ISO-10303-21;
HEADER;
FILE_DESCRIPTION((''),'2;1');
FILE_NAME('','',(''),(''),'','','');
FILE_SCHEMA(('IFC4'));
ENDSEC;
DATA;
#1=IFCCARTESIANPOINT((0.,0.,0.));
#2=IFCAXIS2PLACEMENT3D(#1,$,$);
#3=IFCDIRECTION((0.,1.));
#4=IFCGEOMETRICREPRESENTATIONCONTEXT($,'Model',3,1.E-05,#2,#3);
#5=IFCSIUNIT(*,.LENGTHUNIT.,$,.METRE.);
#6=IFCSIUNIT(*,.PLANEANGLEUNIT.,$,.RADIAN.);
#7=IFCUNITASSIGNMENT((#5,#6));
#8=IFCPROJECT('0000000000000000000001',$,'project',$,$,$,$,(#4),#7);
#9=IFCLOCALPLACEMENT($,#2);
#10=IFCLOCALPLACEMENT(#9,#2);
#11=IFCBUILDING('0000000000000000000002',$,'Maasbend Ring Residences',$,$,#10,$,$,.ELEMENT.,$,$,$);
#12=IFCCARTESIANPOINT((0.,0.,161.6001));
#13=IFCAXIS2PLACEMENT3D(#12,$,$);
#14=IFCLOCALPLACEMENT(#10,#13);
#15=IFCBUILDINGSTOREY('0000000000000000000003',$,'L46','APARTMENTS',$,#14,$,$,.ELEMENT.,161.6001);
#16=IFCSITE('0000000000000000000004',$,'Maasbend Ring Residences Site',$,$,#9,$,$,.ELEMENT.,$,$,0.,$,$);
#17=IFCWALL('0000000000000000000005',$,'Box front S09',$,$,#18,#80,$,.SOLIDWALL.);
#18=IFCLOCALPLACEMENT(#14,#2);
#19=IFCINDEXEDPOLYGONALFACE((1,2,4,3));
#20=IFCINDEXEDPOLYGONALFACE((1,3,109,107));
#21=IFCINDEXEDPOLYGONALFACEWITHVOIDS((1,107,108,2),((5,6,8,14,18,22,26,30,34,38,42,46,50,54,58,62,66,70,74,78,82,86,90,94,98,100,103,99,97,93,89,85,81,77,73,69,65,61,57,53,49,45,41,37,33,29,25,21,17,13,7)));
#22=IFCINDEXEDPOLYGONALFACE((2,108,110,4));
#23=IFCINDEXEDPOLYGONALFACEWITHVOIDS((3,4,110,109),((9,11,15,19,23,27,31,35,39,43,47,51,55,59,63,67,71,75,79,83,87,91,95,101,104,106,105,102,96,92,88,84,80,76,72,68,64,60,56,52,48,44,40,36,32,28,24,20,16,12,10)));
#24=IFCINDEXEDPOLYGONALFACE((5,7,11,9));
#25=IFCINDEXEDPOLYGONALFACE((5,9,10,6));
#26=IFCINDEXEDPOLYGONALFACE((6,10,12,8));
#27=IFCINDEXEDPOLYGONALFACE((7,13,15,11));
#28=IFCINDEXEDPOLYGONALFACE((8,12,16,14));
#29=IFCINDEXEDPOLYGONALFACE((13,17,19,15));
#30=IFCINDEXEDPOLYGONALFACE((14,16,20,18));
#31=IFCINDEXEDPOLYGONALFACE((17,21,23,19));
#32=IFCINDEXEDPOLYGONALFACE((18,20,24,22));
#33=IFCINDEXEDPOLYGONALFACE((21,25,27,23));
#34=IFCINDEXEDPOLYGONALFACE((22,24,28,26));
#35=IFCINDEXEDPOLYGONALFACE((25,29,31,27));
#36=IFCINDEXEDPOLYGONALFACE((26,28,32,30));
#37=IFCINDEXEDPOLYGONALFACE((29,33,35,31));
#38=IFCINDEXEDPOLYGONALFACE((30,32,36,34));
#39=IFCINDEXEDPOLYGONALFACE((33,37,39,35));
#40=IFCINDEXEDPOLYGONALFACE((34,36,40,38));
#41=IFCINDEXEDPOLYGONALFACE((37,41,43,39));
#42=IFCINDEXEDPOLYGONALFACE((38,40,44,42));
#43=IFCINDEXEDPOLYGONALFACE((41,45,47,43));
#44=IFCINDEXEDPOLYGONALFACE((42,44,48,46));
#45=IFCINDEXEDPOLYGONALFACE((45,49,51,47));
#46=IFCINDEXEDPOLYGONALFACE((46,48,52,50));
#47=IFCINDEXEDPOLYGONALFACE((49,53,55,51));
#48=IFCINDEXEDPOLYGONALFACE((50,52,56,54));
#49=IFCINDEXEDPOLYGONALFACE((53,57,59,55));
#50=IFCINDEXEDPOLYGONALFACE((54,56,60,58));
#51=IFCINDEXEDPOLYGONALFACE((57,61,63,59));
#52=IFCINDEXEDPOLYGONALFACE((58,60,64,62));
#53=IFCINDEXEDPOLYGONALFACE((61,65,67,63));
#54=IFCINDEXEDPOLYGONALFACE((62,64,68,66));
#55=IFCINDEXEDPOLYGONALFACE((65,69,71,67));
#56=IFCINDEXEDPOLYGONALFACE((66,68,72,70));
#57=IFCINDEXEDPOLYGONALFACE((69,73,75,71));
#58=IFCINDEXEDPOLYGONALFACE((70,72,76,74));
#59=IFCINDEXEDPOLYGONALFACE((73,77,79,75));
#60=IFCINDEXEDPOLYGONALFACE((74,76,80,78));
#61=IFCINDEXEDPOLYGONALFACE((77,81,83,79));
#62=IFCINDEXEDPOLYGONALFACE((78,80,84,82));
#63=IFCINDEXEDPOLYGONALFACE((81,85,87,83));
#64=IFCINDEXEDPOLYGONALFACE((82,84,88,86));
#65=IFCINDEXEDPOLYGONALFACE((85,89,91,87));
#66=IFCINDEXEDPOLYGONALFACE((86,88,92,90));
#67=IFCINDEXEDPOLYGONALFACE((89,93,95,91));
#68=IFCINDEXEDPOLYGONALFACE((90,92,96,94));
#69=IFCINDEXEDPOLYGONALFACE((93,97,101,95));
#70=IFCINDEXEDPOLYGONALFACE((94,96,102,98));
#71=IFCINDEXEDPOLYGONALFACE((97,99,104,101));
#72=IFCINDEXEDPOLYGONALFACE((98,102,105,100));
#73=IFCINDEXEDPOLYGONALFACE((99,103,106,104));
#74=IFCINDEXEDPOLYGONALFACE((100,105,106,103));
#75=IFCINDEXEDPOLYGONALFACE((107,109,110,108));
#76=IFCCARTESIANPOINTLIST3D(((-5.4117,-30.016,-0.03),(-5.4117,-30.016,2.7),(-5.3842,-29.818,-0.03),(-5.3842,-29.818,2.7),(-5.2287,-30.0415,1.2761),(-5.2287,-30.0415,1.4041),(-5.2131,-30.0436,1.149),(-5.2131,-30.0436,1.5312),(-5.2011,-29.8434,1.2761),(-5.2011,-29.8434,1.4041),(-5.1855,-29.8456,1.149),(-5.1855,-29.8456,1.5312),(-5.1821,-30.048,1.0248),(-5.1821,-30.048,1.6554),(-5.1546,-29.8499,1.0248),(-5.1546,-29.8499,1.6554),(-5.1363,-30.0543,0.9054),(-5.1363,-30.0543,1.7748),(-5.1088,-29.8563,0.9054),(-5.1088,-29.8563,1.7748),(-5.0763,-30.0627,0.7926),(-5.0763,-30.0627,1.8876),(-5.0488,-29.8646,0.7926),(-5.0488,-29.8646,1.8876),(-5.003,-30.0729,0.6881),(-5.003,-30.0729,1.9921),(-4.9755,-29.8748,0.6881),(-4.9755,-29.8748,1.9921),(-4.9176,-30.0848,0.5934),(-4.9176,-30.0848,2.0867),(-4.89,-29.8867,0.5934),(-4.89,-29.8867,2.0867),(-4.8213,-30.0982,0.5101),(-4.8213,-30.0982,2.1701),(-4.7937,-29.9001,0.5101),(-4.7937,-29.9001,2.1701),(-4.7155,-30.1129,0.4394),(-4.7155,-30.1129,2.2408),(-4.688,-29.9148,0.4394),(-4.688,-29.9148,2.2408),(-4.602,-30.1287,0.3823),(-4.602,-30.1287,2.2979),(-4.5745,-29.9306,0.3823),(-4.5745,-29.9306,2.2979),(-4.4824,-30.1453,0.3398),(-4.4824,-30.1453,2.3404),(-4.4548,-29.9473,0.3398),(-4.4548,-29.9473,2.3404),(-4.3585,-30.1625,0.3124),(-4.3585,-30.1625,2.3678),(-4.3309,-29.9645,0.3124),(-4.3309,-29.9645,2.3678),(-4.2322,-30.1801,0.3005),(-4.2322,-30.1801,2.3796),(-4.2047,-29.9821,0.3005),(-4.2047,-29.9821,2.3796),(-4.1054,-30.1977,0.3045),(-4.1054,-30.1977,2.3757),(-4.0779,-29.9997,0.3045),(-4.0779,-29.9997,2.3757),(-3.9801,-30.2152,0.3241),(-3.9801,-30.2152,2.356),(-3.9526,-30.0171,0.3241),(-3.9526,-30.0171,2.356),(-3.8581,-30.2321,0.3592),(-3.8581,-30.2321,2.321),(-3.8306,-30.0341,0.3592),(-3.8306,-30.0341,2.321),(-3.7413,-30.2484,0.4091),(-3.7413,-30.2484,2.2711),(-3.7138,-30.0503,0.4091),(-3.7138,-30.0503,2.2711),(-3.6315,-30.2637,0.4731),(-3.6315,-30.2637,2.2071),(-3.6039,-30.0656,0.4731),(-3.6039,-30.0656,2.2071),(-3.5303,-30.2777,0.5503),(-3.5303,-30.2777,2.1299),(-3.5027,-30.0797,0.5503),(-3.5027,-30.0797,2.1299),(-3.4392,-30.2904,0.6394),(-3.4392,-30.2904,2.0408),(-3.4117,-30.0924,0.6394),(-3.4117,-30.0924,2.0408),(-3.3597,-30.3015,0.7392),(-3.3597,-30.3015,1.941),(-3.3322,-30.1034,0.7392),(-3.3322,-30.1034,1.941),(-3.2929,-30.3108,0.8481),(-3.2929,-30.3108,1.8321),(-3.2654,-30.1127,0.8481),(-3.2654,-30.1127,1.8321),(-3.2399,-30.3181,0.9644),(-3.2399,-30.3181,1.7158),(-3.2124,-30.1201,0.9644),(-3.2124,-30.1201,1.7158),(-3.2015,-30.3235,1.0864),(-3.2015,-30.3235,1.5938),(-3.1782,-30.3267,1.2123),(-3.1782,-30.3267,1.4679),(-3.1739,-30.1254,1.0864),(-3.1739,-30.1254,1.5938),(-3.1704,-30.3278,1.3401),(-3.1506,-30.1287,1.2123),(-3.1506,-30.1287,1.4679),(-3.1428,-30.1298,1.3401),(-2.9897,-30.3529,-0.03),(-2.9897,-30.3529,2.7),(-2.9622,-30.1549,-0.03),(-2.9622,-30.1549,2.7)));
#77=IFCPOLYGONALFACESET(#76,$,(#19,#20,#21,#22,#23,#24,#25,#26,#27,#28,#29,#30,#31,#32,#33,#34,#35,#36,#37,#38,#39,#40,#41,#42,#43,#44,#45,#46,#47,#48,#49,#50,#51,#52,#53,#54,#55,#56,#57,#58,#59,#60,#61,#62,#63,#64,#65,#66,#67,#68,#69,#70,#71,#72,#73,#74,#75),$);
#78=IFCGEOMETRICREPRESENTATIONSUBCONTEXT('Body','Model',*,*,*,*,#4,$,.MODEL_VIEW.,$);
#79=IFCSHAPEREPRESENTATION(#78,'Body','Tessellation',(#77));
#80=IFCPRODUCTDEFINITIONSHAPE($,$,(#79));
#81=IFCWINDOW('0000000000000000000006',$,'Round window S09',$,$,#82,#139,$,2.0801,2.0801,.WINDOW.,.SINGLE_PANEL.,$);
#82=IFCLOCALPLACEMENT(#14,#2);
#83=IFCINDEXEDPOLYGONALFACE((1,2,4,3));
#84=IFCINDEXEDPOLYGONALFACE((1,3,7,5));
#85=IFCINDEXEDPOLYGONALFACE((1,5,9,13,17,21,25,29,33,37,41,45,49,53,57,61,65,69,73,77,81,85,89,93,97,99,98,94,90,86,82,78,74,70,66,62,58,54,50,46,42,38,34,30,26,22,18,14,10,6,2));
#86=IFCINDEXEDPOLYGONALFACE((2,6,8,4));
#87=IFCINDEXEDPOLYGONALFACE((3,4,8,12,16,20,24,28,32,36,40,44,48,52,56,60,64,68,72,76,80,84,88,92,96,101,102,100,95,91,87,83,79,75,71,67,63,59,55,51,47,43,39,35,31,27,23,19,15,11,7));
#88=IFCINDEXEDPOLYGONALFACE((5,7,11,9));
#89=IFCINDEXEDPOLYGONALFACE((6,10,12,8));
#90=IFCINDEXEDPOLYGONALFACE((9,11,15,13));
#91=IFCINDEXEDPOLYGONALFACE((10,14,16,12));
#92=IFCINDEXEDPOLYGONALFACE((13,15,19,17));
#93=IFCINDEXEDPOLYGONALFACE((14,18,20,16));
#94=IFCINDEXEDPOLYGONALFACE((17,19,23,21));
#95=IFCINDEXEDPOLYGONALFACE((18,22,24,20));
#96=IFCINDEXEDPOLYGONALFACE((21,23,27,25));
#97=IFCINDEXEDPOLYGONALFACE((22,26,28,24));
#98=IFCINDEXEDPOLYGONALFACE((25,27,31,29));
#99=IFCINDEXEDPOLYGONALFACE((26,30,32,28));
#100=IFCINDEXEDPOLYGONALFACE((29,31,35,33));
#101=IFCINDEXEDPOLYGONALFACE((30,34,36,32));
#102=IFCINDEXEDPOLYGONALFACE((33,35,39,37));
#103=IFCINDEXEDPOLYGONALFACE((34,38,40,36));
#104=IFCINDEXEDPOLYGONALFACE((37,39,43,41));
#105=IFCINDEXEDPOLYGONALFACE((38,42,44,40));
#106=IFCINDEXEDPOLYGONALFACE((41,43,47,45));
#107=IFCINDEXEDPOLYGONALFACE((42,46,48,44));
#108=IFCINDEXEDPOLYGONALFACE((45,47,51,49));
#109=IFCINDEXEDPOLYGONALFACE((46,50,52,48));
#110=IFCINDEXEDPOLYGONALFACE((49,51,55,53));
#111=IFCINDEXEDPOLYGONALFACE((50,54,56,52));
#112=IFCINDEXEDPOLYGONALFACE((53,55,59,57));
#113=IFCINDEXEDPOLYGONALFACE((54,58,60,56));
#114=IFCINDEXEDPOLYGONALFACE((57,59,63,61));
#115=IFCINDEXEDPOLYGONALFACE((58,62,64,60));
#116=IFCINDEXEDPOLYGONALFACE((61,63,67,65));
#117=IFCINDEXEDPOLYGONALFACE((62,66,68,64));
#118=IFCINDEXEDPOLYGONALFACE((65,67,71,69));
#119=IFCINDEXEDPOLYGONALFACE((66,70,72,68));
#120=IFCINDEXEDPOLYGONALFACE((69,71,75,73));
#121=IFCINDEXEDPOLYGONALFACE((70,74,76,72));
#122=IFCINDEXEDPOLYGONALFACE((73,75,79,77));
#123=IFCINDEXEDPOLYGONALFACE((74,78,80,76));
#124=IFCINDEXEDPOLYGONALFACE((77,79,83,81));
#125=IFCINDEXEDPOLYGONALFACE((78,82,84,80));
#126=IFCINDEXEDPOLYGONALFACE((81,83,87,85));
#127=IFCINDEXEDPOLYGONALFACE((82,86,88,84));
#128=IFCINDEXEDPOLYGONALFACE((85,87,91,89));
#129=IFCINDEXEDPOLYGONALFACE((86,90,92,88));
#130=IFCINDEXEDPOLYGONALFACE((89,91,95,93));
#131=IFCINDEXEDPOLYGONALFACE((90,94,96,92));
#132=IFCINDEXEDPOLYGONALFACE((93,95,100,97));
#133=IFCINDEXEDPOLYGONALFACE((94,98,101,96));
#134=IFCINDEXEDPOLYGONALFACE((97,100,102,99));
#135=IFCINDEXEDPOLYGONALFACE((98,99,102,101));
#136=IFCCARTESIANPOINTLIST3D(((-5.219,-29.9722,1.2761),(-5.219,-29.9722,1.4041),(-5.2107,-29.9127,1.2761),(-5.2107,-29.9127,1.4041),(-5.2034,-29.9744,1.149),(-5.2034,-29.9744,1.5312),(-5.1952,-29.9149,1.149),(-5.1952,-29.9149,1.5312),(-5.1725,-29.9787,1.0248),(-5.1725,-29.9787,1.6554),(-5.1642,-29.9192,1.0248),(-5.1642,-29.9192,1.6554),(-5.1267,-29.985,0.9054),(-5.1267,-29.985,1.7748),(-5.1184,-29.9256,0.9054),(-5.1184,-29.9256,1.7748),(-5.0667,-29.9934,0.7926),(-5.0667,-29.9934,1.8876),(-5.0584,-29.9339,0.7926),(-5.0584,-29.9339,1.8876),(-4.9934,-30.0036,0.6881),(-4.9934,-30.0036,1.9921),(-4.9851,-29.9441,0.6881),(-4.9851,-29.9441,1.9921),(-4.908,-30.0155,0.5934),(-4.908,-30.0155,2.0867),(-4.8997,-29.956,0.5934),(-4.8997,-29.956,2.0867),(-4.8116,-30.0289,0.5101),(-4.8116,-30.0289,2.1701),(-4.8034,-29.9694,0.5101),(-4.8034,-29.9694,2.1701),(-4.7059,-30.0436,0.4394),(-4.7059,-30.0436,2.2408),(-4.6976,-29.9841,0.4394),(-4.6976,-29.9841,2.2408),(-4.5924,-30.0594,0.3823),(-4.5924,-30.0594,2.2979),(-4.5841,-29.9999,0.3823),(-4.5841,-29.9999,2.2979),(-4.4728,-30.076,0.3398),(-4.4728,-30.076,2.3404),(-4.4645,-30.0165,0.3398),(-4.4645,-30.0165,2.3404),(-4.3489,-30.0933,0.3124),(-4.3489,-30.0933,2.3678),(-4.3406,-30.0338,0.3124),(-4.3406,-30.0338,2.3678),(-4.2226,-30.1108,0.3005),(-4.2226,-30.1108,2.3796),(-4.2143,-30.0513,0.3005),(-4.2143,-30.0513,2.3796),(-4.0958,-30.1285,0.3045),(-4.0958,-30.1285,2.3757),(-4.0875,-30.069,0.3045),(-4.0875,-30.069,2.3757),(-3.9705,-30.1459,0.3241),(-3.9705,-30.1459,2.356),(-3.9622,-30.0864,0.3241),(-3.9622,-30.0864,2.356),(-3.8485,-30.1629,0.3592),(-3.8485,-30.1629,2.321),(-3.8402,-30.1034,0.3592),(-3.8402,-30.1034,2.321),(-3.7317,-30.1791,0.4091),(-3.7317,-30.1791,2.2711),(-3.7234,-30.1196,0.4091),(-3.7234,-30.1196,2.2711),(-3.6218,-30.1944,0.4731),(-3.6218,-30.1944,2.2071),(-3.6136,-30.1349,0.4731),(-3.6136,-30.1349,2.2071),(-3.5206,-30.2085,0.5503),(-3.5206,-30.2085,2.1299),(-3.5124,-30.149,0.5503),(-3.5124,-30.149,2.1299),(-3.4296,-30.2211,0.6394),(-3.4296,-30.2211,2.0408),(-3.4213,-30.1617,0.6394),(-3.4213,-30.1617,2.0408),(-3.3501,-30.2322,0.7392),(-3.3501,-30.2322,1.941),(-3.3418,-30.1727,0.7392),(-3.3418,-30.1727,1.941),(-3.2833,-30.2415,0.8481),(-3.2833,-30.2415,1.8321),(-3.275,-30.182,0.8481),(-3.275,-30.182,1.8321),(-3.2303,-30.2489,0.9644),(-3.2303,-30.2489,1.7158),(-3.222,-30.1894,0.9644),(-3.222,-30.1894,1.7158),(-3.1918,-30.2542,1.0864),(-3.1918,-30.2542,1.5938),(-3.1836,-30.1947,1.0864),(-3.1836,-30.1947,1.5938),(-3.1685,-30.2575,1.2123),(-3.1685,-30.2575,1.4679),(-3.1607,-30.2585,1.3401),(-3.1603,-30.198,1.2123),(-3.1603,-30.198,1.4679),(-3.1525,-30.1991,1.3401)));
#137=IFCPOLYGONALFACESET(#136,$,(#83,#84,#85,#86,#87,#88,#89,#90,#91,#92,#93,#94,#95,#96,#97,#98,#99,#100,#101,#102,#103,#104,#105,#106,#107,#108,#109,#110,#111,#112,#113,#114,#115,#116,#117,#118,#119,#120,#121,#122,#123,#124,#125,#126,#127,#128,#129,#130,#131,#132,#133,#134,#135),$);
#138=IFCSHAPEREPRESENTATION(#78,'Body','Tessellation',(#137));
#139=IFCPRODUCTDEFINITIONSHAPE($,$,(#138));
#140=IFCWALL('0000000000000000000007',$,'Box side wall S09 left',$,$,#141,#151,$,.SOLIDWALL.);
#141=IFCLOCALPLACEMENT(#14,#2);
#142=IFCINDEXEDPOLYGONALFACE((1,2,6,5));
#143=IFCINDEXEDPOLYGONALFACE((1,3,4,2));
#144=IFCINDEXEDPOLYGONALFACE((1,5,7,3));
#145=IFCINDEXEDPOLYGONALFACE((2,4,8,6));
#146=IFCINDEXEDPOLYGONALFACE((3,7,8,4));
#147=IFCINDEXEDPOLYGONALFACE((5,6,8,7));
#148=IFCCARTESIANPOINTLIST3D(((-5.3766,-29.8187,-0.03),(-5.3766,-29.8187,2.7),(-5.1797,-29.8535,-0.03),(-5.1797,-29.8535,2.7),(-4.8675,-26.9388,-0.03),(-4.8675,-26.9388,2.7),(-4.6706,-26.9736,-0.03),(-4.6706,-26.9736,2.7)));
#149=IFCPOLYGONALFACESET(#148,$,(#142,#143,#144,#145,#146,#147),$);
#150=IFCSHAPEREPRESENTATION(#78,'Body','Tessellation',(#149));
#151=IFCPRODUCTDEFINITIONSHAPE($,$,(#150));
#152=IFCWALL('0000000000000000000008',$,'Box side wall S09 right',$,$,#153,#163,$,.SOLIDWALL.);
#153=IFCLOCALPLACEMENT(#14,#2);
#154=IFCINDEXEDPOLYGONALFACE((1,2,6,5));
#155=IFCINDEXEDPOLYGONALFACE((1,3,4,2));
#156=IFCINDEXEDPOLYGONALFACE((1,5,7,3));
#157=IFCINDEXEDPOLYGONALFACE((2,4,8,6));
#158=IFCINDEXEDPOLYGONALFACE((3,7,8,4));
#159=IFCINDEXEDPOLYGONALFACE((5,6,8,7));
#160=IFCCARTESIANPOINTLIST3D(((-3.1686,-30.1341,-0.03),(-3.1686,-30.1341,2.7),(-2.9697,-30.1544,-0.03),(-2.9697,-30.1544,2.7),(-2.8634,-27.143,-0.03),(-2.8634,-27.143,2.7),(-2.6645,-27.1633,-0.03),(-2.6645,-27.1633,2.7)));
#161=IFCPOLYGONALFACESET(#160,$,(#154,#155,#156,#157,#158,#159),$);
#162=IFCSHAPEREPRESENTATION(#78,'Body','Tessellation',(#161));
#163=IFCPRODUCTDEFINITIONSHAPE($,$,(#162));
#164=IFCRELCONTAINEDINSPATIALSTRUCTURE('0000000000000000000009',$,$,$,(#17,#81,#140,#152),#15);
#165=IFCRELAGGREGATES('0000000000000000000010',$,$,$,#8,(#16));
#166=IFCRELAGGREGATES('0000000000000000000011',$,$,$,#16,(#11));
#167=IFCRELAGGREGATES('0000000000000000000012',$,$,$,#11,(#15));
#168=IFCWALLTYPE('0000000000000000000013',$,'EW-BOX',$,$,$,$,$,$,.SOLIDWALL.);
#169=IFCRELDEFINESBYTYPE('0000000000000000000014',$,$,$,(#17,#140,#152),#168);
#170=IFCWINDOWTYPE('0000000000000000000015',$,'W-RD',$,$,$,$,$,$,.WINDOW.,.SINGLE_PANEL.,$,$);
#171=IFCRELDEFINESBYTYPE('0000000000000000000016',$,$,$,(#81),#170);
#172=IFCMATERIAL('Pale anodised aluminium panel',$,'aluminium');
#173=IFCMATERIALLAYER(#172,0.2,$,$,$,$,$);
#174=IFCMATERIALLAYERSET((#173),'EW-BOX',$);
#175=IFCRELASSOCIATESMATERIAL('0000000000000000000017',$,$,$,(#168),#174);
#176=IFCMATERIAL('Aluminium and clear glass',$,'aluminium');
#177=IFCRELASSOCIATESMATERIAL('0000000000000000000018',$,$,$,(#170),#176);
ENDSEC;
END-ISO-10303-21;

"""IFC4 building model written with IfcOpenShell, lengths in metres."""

from ifc_helpers import new_model, si_unit, direction, frame, frame_2d, origin, place, context, subcontext, project, spatial, rectangle, circle, extrude, material, layer, layer_set, type_object, element, fill, save


model = new_model("IFC4")

# Units and contexts
model_context = context("Model", 3, precision=1e-05, world=origin(), true_north=direction((0.0, 1.0)))
body_context = subcontext(model_context, "Body", "Model", "MODEL_VIEW")
ifc_project = project(units=[si_unit("LENGTHUNIT", "METRE"), si_unit("PLANEANGLEUNIT", "RADIAN")], contexts=[model_context])

# Site, building, storey
site_placement = place(None, origin())
site = spatial("IfcSite", under=ifc_project, at=site_placement, Name="Maasbend Ring Residences Site", CompositionType="ELEMENT", RefElevation=0.0)
building_placement = place(site_placement, origin())
building = spatial("IfcBuilding", under=site, at=building_placement, Name="Maasbend Ring Residences", CompositionType="ELEMENT")
storey_placement = place(building_placement, frame((0.0, 0.0, 161.6001)))
storey = spatial("IfcBuildingStorey", under=building, at=storey_placement, Name="L46", Description="APARTMENTS", CompositionType="ELEMENT", Elevation=161.6001)

# Shared definitions
ifc_material_1 = material(Name="Pale anodised aluminium panel", Category="aluminium")
ifc_layer_1 = layer(ifc_material_1, 0.2)
ifc_layer_set_1 = layer_set([ifc_layer_1], Name="EW-BOX")
wall_type_1 = type_object("IfcWallType", Name="EW-BOX", PredefinedType="SOLIDWALL", material=ifc_layer_set_1)

# Wall, opening, window
wall_1_placement = place(storey_placement, frame((-5.3979, -29.917, -0.03), z_axis=(0.0, 0.0, 1.0), x_axis=(0.990462, -0.137786, 0.0)))
wall_1 = element("IfcWall", 1, at=wall_1_placement, inside=storey, type_object=wall_type_1, Name="Box front S09", PredefinedType="SOLIDWALL", context=body_context, shape_type="SweptSolid", body=[
    extrude(rectangle(XDim=2.4453, YDim=0.2, at=frame_2d((1.2227, 0.0))), origin(), (0.0, 0.0, 1.0), 2.73),
])
opening_1_placement = place(wall_1_placement, frame((0.1829, 0.0, 0.3301)))
opening_1 = element("IfcOpeningElement", 2, at=opening_1_placement, cuts=wall_1, PredefinedType="OPENING", context=body_context, shape_type="SweptSolid", body=[
    extrude(circle(Radius=1.04, at=frame_2d((1.04, 1.04))), frame((0.0, 0.1099, 0.0), z_axis=(0.0, -1.0, 0.0), x_axis=(1.0, 0.0, 0.0)), (0.0, 0.0, 1.0), 0.22),
])
ifc_material_2 = material(Name="Aluminium and clear glass", Category="aluminium")
window_type_1 = type_object("IfcWindowType", Name="W-RD", PartitioningType="SINGLE_PANEL", PredefinedType="WINDOW", material=ifc_material_2)
window_1_placement = place(opening_1_placement, origin())
window_1 = element("IfcWindow", 3, at=window_1_placement, inside=storey, type_object=window_type_1, Name="Round window S09", OverallHeight=2.0801, OverallWidth=2.0801, PartitioningType="SINGLE_PANEL", PredefinedType="WINDOW", context=body_context, shape_type="SweptSolid", body=[
    extrude(circle(Radius=1.04, at=frame_2d((1.04, 1.04))), frame((0.0, 0.03, 0.0), z_axis=(0.0, -1.0, 0.0), x_axis=(1.0, 0.0, 0.0)), (0.0, 0.0, 1.0), 0.0601),
])
fill(opening_1, window_1)

# Walls
wall_2_placement = place(storey_placement, frame((-4.769, -26.9561, -0.03), z_axis=(0.0, 0.0, 1.0), x_axis=(-0.174057, -0.984736, 0.0)))
element("IfcWall", 4, at=wall_2_placement, inside=storey, type_object=wall_type_1, Name="Box side wall S09 left", PredefinedType="SOLIDWALL", context=body_context, shape_type="SweptSolid", body=[
    extrude(rectangle(XDim=2.9246, YDim=0.2, at=frame_2d((1.4624, 0.0))), origin(), (0.0, 0.0, 1.0), 2.73),
])
wall_3_placement = place(storey_placement, frame((-2.7639, -27.1531, -0.03), z_axis=(0.0, 0.0, 1.0), x_axis=(-0.101505, -0.994835, 0.0)))
element("IfcWall", 5, at=wall_3_placement, inside=storey, type_object=wall_type_1, Name="Box side wall S09 right", PredefinedType="SOLIDWALL", context=body_context, shape_type="SweptSolid", body=[
    extrude(rectangle(XDim=3.0066, YDim=0.2, at=frame_2d((1.5034, 0.0))), origin(), (0.0, 0.0, 1.0), 2.73),
])

save(model, "model.ifc")
